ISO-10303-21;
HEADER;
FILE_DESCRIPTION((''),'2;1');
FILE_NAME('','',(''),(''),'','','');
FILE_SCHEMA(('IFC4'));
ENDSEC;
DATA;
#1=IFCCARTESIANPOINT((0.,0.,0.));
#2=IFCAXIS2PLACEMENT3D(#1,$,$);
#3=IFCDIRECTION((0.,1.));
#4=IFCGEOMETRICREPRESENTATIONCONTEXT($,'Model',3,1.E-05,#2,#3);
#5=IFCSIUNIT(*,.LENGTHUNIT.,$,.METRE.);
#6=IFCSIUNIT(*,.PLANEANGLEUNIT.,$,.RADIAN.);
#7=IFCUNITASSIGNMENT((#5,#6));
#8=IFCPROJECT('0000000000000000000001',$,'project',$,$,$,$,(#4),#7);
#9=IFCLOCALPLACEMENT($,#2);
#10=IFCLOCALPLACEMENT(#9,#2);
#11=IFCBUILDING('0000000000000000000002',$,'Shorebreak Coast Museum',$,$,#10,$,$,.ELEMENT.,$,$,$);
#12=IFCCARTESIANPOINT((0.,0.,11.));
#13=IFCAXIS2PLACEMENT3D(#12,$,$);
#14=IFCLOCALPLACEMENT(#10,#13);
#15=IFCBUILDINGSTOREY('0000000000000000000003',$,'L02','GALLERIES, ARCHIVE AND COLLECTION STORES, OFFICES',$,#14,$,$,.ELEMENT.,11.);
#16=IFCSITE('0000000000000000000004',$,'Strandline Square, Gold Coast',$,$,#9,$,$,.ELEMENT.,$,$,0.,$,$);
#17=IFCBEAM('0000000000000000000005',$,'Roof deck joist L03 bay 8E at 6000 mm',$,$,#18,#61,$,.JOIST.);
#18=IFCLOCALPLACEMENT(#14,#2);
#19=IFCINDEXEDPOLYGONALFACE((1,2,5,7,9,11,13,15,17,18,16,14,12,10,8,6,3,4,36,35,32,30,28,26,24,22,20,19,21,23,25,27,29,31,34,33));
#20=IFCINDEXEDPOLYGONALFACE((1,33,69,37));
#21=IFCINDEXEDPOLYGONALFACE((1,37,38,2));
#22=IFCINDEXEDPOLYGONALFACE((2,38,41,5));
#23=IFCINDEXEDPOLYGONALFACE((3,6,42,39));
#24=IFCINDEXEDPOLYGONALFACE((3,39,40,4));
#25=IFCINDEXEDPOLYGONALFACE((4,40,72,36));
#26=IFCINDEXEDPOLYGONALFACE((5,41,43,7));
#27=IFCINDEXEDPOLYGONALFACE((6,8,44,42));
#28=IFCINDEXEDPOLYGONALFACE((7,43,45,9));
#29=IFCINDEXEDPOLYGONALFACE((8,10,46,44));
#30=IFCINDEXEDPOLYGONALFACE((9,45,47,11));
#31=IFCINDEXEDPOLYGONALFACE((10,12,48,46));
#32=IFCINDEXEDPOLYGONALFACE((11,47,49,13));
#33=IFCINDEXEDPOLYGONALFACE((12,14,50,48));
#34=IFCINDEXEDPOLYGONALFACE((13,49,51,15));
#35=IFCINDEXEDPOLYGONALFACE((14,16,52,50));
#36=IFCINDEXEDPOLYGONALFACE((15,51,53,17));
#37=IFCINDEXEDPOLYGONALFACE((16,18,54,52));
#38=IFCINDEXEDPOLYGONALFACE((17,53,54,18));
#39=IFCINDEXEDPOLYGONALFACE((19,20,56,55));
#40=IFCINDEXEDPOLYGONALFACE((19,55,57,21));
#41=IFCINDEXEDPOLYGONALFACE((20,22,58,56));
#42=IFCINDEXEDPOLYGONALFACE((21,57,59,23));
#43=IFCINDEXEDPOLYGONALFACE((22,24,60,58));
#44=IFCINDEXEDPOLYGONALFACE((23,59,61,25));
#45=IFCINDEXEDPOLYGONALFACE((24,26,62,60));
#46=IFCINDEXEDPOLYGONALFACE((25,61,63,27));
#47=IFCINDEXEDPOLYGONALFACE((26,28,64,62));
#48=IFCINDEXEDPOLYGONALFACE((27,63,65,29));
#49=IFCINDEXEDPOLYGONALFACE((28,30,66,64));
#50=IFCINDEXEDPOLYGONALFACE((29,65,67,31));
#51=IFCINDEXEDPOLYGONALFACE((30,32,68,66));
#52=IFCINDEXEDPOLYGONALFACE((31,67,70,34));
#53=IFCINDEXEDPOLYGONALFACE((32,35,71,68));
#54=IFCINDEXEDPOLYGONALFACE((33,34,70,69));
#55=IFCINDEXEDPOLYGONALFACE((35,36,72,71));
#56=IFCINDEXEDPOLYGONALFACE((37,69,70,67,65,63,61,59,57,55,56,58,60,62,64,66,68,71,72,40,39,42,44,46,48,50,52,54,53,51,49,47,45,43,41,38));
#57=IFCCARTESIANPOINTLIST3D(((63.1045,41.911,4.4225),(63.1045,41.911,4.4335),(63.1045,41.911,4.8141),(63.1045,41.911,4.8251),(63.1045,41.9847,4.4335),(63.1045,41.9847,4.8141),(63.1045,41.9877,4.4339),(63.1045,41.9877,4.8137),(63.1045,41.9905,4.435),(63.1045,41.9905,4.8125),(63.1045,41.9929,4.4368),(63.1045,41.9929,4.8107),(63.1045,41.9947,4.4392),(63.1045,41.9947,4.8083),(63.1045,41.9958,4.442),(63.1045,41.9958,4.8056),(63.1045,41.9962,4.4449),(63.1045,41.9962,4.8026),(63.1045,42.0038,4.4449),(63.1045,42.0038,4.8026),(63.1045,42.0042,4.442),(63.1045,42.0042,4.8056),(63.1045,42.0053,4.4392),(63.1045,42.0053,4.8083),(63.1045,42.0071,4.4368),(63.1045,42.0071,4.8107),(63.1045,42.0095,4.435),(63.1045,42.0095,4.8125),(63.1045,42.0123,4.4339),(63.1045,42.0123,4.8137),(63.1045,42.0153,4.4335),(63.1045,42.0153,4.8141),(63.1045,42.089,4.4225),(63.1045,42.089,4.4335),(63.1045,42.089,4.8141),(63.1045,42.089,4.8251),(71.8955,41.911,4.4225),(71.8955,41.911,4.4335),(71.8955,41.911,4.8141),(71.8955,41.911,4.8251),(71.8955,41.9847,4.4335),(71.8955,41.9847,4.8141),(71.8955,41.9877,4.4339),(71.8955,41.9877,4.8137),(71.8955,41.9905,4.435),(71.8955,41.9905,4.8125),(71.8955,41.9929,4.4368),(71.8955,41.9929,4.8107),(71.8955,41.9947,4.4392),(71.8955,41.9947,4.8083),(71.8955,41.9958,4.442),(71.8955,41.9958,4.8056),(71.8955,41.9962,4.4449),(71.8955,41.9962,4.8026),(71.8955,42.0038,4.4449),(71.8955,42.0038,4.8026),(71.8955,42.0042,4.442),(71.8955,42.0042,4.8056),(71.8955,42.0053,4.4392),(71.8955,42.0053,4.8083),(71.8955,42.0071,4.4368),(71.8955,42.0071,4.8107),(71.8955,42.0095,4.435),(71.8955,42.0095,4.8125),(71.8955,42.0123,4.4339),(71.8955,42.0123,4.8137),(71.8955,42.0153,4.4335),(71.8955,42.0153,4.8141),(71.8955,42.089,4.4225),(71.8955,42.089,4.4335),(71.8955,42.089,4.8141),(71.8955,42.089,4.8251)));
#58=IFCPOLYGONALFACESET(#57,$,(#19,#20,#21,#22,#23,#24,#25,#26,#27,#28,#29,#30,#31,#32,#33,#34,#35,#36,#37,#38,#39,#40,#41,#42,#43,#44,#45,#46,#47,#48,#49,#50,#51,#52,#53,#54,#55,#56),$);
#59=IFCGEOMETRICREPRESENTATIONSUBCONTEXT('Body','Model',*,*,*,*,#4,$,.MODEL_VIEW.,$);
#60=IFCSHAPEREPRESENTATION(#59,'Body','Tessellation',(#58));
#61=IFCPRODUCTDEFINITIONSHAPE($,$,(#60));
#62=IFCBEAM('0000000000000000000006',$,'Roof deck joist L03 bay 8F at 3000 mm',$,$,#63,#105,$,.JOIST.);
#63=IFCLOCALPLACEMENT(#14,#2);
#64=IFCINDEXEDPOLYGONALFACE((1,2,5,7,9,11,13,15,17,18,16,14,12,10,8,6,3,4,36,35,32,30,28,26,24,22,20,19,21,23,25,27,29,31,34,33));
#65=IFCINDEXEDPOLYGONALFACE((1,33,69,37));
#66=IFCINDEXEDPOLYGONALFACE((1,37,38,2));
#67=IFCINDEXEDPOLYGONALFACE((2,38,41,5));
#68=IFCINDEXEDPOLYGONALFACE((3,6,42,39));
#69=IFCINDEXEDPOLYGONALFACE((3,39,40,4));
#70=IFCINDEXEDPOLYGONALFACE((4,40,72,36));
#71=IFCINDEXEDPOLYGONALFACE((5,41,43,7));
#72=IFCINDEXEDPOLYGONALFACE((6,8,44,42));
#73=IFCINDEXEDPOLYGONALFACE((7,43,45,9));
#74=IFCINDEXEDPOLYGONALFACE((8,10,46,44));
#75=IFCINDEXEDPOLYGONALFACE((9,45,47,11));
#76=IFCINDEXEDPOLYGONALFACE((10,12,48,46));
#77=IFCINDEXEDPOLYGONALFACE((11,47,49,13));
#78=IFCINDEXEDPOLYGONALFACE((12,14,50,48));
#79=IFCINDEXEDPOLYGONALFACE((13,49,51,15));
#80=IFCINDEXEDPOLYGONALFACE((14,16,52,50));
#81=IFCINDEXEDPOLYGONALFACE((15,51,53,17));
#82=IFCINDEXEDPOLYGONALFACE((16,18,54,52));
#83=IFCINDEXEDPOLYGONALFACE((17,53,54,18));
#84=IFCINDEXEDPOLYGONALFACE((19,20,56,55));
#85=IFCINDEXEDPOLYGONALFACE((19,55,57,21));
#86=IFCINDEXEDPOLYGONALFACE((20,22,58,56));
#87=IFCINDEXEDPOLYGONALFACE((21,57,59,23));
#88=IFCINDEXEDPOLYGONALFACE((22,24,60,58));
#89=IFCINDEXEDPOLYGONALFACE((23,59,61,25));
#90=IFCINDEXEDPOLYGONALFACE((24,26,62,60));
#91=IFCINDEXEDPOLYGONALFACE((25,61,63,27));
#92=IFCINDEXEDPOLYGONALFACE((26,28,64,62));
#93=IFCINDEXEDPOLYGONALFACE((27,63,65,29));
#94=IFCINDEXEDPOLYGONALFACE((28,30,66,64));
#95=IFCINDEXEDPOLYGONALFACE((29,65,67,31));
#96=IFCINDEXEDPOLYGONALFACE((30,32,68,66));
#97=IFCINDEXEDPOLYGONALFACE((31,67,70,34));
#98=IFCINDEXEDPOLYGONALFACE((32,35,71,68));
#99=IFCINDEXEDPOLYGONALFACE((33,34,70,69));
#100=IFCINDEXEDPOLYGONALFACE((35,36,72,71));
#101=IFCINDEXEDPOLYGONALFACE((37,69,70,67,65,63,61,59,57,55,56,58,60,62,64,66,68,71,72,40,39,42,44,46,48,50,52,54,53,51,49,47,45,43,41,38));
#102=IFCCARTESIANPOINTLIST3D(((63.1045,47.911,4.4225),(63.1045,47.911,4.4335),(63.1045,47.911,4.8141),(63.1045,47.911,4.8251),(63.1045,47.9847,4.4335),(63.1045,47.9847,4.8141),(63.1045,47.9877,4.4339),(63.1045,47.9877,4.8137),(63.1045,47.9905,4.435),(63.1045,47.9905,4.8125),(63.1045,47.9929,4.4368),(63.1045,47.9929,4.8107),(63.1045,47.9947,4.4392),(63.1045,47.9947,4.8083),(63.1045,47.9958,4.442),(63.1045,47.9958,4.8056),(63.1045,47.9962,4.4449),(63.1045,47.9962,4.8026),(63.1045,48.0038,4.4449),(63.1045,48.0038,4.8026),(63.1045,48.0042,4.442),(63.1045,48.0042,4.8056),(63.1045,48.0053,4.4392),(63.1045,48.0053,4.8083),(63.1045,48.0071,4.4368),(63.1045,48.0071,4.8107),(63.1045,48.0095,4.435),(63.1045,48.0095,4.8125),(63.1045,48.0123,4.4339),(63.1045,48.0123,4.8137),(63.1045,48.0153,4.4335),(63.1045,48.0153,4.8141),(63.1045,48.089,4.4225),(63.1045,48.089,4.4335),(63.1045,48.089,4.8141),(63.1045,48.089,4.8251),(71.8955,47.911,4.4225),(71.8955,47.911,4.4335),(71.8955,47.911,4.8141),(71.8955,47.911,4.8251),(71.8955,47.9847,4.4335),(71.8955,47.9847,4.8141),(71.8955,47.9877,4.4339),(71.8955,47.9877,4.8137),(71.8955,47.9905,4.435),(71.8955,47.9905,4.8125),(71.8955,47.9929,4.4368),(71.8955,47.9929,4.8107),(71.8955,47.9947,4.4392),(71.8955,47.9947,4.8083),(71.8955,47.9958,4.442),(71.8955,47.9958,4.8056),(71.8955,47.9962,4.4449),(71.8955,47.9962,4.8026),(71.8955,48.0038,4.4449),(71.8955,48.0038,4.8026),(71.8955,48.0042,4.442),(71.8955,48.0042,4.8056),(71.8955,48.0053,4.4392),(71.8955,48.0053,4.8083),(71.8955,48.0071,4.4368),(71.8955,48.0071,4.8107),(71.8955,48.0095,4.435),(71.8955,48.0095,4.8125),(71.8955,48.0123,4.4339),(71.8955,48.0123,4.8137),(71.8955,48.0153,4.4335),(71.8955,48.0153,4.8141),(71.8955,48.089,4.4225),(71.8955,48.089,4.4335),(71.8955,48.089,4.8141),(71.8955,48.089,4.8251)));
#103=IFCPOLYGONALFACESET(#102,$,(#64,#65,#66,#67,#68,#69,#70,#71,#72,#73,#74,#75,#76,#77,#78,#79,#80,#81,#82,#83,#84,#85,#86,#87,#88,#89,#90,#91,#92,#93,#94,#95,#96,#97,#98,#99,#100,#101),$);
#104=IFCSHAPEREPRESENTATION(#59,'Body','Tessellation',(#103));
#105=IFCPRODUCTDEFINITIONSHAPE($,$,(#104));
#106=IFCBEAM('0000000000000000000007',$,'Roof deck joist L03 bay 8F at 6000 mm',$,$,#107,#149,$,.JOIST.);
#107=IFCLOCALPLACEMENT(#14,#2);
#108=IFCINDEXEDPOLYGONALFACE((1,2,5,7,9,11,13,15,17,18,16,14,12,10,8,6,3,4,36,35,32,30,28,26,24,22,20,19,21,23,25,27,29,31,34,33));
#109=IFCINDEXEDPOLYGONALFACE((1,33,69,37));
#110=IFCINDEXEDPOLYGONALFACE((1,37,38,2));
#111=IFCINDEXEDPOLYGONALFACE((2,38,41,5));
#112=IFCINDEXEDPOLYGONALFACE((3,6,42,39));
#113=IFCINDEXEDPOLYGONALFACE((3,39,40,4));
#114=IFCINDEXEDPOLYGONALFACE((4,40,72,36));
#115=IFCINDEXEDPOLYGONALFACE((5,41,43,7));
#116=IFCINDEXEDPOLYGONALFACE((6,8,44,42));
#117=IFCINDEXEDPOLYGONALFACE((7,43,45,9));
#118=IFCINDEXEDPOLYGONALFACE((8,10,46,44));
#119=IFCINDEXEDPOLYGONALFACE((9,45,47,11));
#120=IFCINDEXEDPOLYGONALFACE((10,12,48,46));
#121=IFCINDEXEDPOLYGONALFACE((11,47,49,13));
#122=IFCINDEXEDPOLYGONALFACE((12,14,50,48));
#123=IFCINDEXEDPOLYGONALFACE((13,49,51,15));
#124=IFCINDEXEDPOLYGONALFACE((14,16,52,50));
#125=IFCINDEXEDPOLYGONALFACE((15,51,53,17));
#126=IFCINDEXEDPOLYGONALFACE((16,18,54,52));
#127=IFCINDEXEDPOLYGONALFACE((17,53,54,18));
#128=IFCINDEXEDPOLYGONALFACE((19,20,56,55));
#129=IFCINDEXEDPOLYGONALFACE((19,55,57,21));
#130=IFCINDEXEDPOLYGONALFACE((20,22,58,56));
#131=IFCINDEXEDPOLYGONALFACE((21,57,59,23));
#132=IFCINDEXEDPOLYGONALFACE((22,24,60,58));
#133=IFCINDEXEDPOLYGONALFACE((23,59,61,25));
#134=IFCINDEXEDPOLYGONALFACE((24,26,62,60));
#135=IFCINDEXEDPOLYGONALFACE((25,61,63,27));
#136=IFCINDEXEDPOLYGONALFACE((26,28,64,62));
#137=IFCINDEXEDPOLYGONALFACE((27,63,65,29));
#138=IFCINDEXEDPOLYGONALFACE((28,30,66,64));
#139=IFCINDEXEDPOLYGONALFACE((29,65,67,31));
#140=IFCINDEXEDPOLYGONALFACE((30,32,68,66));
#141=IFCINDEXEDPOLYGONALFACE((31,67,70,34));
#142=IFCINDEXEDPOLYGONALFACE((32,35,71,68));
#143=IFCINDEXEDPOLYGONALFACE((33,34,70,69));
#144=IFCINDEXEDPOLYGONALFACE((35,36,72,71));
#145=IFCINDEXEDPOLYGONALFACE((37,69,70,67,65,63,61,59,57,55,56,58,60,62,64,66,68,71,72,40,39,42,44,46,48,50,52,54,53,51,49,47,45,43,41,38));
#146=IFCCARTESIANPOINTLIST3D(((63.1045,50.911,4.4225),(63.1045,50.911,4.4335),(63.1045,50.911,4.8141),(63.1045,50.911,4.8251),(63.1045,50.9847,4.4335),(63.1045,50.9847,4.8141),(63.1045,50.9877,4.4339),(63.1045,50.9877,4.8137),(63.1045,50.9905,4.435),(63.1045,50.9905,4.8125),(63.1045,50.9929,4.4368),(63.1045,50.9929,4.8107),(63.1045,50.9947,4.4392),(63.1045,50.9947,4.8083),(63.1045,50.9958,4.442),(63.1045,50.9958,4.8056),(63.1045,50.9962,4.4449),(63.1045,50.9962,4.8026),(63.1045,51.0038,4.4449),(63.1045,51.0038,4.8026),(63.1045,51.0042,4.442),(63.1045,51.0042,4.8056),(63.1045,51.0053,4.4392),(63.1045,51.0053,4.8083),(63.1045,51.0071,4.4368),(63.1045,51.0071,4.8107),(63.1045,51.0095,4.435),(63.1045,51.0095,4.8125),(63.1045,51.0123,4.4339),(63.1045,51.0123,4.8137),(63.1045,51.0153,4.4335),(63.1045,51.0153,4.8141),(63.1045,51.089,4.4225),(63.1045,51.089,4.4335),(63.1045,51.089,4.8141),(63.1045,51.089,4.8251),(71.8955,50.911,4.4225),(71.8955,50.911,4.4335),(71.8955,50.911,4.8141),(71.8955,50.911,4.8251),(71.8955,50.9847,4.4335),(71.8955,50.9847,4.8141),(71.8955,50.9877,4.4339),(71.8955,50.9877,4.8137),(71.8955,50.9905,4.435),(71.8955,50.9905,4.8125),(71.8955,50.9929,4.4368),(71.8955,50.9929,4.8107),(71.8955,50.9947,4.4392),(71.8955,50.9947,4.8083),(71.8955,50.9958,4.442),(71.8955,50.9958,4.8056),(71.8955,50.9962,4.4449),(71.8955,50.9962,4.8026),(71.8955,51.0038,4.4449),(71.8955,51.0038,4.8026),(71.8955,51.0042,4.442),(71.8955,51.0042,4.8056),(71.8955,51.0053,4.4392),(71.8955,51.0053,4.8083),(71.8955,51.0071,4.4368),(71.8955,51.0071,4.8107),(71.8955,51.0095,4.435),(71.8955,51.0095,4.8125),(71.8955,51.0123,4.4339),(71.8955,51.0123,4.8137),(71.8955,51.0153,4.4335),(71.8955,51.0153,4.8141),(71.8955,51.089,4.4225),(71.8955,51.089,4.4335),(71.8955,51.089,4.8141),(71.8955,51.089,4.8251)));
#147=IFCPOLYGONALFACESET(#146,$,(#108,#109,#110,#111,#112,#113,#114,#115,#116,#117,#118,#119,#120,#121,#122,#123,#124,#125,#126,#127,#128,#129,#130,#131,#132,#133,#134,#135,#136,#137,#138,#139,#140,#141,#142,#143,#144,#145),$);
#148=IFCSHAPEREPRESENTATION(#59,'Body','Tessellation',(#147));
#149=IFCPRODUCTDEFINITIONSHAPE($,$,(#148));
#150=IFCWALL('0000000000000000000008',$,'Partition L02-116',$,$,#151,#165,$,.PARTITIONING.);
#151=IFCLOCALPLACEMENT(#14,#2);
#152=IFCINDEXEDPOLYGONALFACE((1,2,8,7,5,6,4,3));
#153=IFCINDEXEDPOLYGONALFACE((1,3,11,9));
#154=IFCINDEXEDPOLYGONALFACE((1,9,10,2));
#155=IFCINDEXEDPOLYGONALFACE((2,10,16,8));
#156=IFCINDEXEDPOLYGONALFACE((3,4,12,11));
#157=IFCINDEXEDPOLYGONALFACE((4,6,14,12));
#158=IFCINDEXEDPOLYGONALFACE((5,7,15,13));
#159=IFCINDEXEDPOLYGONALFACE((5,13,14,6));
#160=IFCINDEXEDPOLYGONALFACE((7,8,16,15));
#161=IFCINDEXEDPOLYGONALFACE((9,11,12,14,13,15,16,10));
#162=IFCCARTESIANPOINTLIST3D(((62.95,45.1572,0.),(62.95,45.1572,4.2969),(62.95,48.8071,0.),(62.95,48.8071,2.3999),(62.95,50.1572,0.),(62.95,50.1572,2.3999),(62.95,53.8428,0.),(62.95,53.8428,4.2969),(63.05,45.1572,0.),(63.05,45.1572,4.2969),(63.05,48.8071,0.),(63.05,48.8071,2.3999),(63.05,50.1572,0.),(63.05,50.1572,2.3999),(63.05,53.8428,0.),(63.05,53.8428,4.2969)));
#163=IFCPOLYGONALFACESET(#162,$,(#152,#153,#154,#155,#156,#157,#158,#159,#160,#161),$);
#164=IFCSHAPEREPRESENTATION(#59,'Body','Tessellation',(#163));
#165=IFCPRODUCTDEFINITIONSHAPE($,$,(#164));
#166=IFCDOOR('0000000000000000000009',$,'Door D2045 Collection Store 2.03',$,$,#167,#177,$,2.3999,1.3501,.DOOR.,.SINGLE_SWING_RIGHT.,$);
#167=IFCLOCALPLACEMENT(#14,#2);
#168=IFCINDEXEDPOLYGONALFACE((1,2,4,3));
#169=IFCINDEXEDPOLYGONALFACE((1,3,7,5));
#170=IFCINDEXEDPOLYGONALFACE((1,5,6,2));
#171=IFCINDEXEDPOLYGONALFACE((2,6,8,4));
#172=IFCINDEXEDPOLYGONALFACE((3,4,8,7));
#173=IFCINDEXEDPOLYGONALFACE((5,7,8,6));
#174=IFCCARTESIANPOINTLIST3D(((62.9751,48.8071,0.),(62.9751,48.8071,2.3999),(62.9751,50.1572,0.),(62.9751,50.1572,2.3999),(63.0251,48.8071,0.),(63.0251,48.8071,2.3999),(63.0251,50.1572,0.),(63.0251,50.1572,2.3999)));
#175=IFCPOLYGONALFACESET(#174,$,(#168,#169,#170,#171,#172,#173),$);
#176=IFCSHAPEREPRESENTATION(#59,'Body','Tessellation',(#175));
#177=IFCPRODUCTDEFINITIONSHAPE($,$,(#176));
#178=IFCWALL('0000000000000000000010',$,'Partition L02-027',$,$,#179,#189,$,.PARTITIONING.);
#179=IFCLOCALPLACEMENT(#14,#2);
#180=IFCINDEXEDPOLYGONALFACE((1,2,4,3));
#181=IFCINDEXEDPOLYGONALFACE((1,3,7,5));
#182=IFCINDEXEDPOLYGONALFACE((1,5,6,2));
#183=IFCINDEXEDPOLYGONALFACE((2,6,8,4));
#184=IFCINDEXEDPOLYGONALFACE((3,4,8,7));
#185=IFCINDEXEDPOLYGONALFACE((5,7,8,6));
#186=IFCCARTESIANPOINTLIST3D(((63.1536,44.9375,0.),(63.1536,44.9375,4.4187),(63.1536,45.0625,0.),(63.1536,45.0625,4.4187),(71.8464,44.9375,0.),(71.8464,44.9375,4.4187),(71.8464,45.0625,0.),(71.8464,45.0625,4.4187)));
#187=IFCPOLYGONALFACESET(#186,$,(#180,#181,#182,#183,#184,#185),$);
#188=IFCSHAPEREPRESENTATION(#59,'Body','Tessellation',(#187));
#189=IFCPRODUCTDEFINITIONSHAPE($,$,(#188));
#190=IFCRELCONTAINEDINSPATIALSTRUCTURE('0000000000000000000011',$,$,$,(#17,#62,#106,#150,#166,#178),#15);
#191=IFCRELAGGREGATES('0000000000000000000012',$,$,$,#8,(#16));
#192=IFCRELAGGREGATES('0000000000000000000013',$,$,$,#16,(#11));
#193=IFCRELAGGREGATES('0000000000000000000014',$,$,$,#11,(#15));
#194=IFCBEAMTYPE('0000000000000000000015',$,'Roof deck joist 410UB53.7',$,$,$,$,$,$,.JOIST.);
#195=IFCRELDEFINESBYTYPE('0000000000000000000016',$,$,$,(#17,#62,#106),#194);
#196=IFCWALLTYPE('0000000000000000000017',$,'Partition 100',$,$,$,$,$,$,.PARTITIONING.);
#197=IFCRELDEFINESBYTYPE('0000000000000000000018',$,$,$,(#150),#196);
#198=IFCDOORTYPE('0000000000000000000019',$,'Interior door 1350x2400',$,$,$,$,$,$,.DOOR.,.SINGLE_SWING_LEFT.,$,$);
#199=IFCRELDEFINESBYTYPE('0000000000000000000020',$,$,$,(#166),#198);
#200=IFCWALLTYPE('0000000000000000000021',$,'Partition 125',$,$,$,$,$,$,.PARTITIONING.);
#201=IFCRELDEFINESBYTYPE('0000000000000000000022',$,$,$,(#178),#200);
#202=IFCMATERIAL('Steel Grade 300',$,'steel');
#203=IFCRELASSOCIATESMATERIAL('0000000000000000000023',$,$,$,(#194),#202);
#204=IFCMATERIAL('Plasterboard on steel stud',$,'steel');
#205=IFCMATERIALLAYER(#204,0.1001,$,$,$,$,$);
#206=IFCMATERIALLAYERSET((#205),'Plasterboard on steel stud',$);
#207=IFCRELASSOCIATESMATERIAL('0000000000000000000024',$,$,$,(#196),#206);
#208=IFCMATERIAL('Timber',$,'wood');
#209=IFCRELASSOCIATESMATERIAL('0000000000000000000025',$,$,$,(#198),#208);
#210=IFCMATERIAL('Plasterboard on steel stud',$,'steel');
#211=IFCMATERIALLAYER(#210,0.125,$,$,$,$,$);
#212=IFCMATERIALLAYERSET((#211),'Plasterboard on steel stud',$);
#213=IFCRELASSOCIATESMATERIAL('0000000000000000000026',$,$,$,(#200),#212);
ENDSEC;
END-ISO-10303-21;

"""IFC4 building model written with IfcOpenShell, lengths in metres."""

from ifc_helpers import new_model, si_unit, direction, frame, frame_2d, origin, origin_2d, place, context, subcontext, project, spatial, rectangle, i_section, extrude, material, layer, layer_set, material_profile, profile_set, type_object, element, fill, save


model = new_model("IFC4")

# Units and contexts
model_context = context("Model", 3, precision=1e-05, world=origin(), true_north=direction((0.0, 1.0)))
body_context = subcontext(model_context, "Body", "Model", "MODEL_VIEW")
ifc_project = project(units=[si_unit("LENGTHUNIT", "METRE"), si_unit("PLANEANGLEUNIT", "RADIAN")], contexts=[model_context])

# Site, building, storey
site_placement = place(None, origin())
site = spatial("IfcSite", under=ifc_project, at=site_placement, Name="Strandline Square, Gold Coast", CompositionType="ELEMENT", RefElevation=0.0)
building_placement = place(site_placement, origin())
building = spatial("IfcBuilding", under=site, at=building_placement, Name="Shorebreak Coast Museum", CompositionType="ELEMENT")
storey_placement = place(building_placement, frame((0.0, 0.0, 11.0)))
storey = spatial("IfcBuildingStorey", under=building, at=storey_placement, Name="L02", Description="GALLERIES, ARCHIVE AND COLLECTION STORES, OFFICES", CompositionType="ELEMENT", Elevation=11.0)

# Beams
ifc_material_1 = material(Name="Steel Grade 300", Category="steel")
ifc_material_profile_1 = material_profile(ifc_material_1, i_section(OverallWidth=0.178, OverallDepth=0.4026, WebThickness=0.0076, FlangeThickness=0.011, FilletRadius=0.0115, at=origin_2d()), Name="410UB53.7")
ifc_profile_set_1 = profile_set([ifc_material_profile_1], Name="Steel Grade 300")
beam_type_1 = type_object("IfcBeamType", Name="Roof deck joist 410UB53.7", PredefinedType="JOIST", material=ifc_profile_set_1)
for number, where, z_axis, x_axis, name in (
    (1, (63.1045, 42.0, 4.6238), (1.0, 0.0, 0.0), (0.0, 1.0, 0.0), "Roof deck joist L03 bay 8E at 6000 mm"),
    (2, (63.1045, 48.0, 4.6238), (1.0, 0.0, 0.0), (0.0, 1.0, 0.0), "Roof deck joist L03 bay 8F at 3000 mm"),
    (3, (63.1045, 51.0, 4.6238), (1.0, 0.0, 0.0), (0.0, 1.0, 0.0), "Roof deck joist L03 bay 8F at 6000 mm"),
):
    element("IfcBeam", number, at=place(storey_placement, frame(where, z_axis=z_axis, x_axis=x_axis)), inside=storey, type_object=beam_type_1, Name=name, PredefinedType="JOIST", context=body_context, shape_type="SweptSolid", body=[
        extrude(i_section(OverallWidth=0.178, OverallDepth=0.4026, WebThickness=0.0076, FlangeThickness=0.011, FilletRadius=0.0115, at=origin_2d()), origin(), (0.0, 0.0, 1.0), 8.791),
    ])

# Wall, opening, door
ifc_material_2 = material(Name="Plasterboard on steel stud", Category="steel")
ifc_layer_1 = layer(ifc_material_2, 0.1001)
ifc_layer_set_1 = layer_set([ifc_layer_1], Name="Plasterboard on steel stud")
wall_type_1 = type_object("IfcWallType", Name="Partition 100", PredefinedType="PARTITIONING", material=ifc_layer_set_1)
wall_1_placement = place(storey_placement, frame((63.0, 45.1572, 0.0), z_axis=(0.0, 0.0, 1.0), x_axis=(0.0, 1.0, 0.0)))
wall_1 = element("IfcWall", 4, at=wall_1_placement, inside=storey, type_object=wall_type_1, Name="Partition L02-116", PredefinedType="PARTITIONING", context=body_context, shape_type="SweptSolid", body=[
    extrude(rectangle(XDim=8.6855, YDim=0.1001, at=frame_2d((4.3428, 0.0))), origin(), (0.0, 0.0, 1.0), 4.2969),
])
opening_placement = place(wall_1_placement, frame((3.6499, 0.0, 0.0)))
opening = element("IfcOpeningElement", 5, at=opening_placement, cuts=wall_1, PredefinedType="OPENING", context=body_context, shape_type="SweptSolid", body=[
    extrude(rectangle(XDim=1.3501, YDim=2.3999, at=frame_2d((0.675, 1.2))), frame((0.0, 0.0601, 0.0), z_axis=(0.0, -1.0, 0.0), x_axis=(1.0, 0.0, 0.0)), (0.0, 0.0, 1.0), 0.1201),
])
ifc_material_3 = material(Name="Timber", Category="wood")
door_type = type_object("IfcDoorType", Name="Interior door 1350x2400", OperationType="SINGLE_SWING_LEFT", PredefinedType="DOOR", material=ifc_material_3)
door_placement = place(opening_placement, origin())
door = element("IfcDoor", 6, at=door_placement, inside=storey, type_object=door_type, Name="Door D2045 Collection Store 2.03", OperationType="SINGLE_SWING_RIGHT", OverallHeight=2.3999, OverallWidth=1.3501, PredefinedType="DOOR", context=body_context, shape_type="SweptSolid", body=[
    extrude(rectangle(XDim=1.3501, YDim=2.3999, at=frame_2d((0.675, 1.2))), frame((0.0, 0.0249, 0.0), z_axis=(0.0, -1.0, 0.0), x_axis=(1.0, 0.0, 0.0)), (0.0, 0.0, 1.0), 0.05),
])
fill(opening, door)

# Wall
ifc_material_4 = material(Name="Plasterboard on steel stud", Category="steel")
ifc_layer_2 = layer(ifc_material_4, 0.125)
ifc_layer_set_2 = layer_set([ifc_layer_2], Name="Plasterboard on steel stud")
wall_type_2 = type_object("IfcWallType", Name="Partition 125", PredefinedType="PARTITIONING", material=ifc_layer_set_2)
wall_2_placement = place(storey_placement, frame((63.1536, 45.0, 0.0), z_axis=(0.0, 0.0, 1.0), x_axis=(1.0, 0.0, 0.0)))
element("IfcWall", 7, at=wall_2_placement, inside=storey, type_object=wall_type_2, Name="Partition L02-027", PredefinedType="PARTITIONING", context=body_context, shape_type="SweptSolid", body=[
    extrude(rectangle(XDim=8.6929, YDim=0.125, at=frame_2d((4.3464, 0.0))), origin(), (0.0, 0.0, 1.0), 4.4187),
])

save(model, "model.ifc")
